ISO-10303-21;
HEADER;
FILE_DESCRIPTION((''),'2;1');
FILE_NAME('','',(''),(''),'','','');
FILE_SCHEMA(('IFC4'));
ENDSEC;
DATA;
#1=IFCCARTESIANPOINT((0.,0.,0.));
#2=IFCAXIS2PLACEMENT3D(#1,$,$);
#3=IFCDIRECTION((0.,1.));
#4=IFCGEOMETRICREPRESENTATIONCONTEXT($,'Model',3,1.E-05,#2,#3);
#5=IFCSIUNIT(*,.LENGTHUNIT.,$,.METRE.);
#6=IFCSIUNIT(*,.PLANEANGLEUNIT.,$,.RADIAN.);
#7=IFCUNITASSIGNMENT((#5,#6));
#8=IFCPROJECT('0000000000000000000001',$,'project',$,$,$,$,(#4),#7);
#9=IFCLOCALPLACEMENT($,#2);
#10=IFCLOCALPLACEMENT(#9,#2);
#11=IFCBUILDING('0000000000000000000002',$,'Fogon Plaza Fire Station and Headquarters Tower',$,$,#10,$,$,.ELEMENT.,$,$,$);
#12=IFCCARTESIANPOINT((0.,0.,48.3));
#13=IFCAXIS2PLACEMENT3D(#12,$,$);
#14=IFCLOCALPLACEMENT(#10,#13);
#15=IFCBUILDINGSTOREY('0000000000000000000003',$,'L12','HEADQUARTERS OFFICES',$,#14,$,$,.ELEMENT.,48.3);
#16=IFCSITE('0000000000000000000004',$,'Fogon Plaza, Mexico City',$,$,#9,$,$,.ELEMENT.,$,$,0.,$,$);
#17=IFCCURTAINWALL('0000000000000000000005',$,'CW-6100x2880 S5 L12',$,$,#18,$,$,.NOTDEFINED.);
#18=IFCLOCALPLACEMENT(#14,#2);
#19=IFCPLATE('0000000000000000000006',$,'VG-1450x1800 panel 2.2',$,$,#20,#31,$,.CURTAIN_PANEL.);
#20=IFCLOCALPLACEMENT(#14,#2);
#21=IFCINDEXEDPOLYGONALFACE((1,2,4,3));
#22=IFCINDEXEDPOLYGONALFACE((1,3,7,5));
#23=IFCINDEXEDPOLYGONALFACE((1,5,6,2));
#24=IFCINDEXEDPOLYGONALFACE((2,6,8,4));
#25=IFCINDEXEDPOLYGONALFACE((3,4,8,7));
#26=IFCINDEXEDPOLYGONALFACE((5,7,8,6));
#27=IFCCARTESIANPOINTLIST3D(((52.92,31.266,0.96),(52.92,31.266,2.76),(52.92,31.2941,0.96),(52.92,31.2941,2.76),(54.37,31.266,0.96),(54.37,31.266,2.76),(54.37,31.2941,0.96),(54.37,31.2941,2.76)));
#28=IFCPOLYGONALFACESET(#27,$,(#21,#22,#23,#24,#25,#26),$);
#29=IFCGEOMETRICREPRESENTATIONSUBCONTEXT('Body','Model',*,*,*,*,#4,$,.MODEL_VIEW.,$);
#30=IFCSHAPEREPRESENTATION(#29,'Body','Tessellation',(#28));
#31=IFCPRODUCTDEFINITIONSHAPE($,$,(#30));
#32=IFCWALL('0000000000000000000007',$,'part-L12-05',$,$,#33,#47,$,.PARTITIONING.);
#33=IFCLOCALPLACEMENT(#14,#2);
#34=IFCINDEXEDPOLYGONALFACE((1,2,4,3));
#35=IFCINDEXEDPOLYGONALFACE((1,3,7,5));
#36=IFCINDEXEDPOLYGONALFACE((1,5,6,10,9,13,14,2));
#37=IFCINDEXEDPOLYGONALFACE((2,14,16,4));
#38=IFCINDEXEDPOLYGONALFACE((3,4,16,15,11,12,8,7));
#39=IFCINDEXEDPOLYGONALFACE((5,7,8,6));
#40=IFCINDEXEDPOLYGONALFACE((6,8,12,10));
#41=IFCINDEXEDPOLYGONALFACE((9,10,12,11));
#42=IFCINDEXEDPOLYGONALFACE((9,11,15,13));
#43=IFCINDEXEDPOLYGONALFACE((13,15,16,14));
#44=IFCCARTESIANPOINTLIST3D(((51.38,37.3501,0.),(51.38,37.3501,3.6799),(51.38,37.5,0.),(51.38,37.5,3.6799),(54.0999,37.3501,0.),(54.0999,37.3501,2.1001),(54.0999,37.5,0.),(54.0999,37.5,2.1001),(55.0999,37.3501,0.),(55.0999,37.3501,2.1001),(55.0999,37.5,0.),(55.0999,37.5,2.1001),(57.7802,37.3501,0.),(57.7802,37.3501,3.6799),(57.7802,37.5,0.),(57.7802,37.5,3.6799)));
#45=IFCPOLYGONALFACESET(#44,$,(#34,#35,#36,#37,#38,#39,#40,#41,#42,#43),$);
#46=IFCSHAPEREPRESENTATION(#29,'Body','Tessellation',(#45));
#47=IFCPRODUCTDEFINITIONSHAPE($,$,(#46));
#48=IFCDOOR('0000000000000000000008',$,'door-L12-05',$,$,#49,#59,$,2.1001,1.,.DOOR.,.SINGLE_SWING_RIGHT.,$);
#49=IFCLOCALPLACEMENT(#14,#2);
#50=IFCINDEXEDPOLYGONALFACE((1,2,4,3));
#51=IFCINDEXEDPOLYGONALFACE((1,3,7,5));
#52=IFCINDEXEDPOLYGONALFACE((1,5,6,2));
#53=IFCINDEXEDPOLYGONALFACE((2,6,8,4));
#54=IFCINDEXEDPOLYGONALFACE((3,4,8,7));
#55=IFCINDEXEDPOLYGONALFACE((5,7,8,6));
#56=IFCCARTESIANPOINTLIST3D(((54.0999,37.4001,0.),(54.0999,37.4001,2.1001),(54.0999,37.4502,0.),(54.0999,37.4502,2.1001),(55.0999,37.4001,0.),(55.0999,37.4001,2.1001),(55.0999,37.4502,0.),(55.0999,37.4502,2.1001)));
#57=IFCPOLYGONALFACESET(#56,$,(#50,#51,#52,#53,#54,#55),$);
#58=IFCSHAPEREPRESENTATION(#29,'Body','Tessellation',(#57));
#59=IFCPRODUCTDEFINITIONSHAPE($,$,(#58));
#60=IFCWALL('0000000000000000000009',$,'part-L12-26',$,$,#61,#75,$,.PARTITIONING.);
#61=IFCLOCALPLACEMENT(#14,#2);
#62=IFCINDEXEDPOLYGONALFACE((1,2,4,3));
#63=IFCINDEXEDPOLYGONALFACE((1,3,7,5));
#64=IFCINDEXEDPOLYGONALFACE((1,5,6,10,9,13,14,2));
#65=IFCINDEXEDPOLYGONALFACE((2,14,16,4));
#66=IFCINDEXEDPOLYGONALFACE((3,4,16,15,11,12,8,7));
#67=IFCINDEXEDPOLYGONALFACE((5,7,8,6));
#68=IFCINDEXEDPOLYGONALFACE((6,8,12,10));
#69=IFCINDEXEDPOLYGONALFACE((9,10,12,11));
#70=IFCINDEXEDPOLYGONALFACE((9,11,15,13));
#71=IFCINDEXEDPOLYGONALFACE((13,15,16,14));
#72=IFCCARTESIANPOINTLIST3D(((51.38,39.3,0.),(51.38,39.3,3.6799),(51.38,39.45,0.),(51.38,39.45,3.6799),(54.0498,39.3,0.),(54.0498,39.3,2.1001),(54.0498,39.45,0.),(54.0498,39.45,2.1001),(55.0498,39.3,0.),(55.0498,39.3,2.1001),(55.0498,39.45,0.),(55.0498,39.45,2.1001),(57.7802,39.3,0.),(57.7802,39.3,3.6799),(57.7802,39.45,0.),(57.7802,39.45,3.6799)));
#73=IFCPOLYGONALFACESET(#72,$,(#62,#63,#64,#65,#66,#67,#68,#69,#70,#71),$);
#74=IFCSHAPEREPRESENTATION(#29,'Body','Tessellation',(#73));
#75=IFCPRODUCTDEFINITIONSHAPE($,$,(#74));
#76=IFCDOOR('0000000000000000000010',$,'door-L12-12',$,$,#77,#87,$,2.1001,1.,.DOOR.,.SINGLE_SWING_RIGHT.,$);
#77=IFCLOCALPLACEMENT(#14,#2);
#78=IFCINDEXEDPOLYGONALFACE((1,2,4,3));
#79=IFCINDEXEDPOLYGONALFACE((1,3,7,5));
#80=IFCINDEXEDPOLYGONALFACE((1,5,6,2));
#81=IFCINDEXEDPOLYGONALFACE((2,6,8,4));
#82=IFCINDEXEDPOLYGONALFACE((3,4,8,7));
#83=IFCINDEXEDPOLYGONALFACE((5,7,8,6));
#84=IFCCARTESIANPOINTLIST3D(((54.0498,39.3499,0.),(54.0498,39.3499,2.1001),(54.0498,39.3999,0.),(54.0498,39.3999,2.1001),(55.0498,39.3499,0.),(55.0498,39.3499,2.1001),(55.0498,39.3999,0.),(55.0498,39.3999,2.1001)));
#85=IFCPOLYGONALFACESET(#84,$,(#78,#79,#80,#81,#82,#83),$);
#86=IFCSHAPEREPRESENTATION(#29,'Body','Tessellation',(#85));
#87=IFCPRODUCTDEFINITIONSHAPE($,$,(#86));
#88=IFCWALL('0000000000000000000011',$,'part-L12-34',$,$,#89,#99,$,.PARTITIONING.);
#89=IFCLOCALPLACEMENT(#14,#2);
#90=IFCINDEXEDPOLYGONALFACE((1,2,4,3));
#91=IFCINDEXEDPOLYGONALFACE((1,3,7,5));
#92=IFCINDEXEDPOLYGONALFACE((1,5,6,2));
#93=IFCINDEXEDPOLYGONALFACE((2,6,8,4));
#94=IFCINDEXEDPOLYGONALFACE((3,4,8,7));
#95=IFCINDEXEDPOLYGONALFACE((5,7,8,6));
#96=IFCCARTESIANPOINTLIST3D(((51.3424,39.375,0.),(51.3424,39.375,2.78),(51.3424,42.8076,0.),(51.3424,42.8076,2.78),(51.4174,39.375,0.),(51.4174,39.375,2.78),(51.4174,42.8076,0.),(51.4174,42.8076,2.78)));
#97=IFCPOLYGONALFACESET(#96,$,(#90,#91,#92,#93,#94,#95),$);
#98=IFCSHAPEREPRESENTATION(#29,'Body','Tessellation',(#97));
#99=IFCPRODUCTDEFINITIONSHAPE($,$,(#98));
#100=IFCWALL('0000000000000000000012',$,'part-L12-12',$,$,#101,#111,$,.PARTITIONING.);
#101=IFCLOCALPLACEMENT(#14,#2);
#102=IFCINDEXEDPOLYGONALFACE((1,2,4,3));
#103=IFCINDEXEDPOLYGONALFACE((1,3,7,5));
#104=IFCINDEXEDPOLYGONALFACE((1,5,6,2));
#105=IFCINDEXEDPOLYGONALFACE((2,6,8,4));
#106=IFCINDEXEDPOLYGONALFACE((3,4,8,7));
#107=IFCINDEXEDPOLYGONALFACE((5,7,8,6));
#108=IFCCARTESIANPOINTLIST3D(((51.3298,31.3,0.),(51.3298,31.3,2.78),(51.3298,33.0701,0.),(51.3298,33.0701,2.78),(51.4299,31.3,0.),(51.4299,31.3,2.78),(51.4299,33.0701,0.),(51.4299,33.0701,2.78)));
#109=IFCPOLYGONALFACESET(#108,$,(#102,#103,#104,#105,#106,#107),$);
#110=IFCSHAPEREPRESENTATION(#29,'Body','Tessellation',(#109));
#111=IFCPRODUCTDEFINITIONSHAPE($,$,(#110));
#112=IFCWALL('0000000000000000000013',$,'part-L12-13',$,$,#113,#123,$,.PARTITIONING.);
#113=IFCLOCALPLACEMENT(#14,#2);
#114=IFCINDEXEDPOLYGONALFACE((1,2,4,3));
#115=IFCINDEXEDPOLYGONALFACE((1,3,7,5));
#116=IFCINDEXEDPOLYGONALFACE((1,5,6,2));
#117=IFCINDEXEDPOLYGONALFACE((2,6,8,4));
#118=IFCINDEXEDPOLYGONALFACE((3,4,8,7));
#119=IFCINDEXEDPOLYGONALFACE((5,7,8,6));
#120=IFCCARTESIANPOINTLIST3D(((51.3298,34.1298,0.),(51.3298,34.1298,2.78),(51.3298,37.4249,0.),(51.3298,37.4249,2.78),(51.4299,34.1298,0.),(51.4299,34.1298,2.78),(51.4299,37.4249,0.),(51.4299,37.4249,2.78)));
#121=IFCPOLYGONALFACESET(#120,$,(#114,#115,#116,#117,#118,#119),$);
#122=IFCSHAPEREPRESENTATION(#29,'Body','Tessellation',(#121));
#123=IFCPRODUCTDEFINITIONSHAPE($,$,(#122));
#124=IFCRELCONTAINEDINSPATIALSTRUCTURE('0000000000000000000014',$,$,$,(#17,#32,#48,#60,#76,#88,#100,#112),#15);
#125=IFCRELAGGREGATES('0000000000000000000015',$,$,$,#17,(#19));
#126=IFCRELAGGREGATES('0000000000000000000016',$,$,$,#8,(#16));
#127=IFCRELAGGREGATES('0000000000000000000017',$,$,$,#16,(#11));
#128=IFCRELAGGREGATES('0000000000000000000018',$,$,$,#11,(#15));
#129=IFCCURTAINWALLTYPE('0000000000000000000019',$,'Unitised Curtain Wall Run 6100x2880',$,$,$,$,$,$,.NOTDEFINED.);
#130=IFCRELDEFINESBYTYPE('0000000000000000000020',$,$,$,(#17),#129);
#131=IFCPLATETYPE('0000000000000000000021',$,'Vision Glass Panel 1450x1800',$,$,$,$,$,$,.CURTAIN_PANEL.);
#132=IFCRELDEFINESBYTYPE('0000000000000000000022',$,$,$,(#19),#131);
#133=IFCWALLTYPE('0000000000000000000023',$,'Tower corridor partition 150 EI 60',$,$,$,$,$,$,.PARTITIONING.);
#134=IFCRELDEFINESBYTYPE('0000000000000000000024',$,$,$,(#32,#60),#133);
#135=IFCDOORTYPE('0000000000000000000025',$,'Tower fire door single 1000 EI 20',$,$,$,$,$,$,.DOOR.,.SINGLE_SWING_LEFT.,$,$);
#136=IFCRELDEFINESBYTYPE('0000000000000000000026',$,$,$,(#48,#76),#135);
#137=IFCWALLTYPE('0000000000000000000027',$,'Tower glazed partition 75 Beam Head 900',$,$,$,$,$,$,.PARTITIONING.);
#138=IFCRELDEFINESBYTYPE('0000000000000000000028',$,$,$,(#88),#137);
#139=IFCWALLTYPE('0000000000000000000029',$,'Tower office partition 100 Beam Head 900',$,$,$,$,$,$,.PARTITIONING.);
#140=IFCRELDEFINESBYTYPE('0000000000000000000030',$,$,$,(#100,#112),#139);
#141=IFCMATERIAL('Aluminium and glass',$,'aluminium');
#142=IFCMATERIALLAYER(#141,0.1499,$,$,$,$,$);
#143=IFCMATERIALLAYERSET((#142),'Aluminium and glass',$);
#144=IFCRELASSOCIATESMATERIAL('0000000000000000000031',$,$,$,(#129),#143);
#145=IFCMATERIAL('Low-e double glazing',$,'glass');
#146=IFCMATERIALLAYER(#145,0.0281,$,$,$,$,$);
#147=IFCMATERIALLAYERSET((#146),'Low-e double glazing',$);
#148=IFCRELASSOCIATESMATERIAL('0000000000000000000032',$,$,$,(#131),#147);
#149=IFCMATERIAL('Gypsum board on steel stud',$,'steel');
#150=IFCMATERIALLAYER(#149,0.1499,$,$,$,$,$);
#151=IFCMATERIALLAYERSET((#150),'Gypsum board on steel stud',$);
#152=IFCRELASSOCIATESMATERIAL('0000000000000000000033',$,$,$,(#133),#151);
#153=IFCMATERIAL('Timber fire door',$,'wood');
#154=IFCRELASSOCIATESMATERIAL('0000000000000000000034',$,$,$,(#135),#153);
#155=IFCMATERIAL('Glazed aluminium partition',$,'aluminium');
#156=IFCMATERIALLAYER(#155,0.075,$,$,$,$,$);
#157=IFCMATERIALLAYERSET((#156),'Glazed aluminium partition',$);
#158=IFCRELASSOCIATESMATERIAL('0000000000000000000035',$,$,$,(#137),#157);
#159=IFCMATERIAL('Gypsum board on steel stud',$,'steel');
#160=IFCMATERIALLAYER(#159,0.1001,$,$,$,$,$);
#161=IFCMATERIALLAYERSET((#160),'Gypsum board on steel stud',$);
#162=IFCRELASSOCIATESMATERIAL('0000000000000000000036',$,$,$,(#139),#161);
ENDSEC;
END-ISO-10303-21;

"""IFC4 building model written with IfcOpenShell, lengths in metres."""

from ifc_helpers import new_model, si_unit, direction, frame, frame_2d, origin, origin_2d, place, context, subcontext, project, spatial, rectangle, extrude, material, layer, layer_set, type_object, element, fill, aggregate, save


model = new_model("IFC4")

# Units and contexts
model_context = context("Model", 3, precision=1e-05, world=origin(), true_north=direction((0.0, 1.0)))
body_context = subcontext(model_context, "Body", "Model", "MODEL_VIEW")
ifc_project = project(units=[si_unit("LENGTHUNIT", "METRE"), si_unit("PLANEANGLEUNIT", "RADIAN")], contexts=[model_context])

# Site, building, storey
site_placement = place(None, origin())
site = spatial("IfcSite", under=ifc_project, at=site_placement, Name="Fogon Plaza, Mexico City", CompositionType="ELEMENT", RefElevation=0.0)
building_placement = place(site_placement, origin())
building = spatial("IfcBuilding", under=site, at=building_placement, Name="Fogon Plaza Fire Station and Headquarters Tower", CompositionType="ELEMENT")
storey_placement = place(building_placement, frame((0.0, 0.0, 48.3)))
storey = spatial("IfcBuildingStorey", under=building, at=storey_placement, Name="L12", Description="HEADQUARTERS OFFICES", CompositionType="ELEMENT", Elevation=48.3)

# Curtain wall
ifc_material_1 = material(Name="Aluminium and glass", Category="aluminium")
ifc_layer_1 = layer(ifc_material_1, 0.1499)
ifc_layer_set_1 = layer_set([ifc_layer_1], Name="Aluminium and glass")
curtain_wall_type = type_object("IfcCurtainWallType", Name="Unitised Curtain Wall Run 6100x2880", PredefinedType="NOTDEFINED", material=ifc_layer_set_1)
curtain_wall_placement = place(storey_placement, origin())
curtain_wall = element("IfcCurtainWall", 1, at=curtain_wall_placement, inside=storey, type_object=curtain_wall_type, Name="CW-6100x2880 S5 L12", PredefinedType="NOTDEFINED")

# Plate
ifc_material_2 = material(Name="Low-e double glazing", Category="glass")
ifc_layer_2 = layer(ifc_material_2, 0.0281)
ifc_layer_set_2 = layer_set([ifc_layer_2], Name="Low-e double glazing")
plate_type_1 = type_object("IfcPlateType", Name="Vision Glass Panel 1450x1800", PredefinedType="CURTAIN_PANEL", material=ifc_layer_set_2)
plate_1_placement = place(storey_placement, frame((53.645, 31.28, 0.96), z_axis=(0.0, 0.0, 1.0), x_axis=(1.0, 0.0, 0.0)))
plate_1 = element("IfcPlate", 2, at=plate_1_placement, type_object=plate_type_1, Name="VG-1450x1800 panel 2.2", PredefinedType="CURTAIN_PANEL", context=body_context, shape_type="SweptSolid", body=[
    extrude(rectangle(XDim=1.45, YDim=0.0281, at=origin_2d()), origin(), (0.0, 0.0, 1.0), 1.8),
])
aggregate(curtain_wall, [plate_1])

# Walls, openings, doors
ifc_material_3 = material(Name="Gypsum board on steel stud", Category="steel")
ifc_layer_3 = layer(ifc_material_3, 0.1499)
ifc_layer_set_3 = layer_set([ifc_layer_3], Name="Gypsum board on steel stud")
wall_type_1 = type_object("IfcWallType", Name="Tower corridor partition 150 EI 60", PredefinedType="PARTITIONING", material=ifc_layer_set_3)
wall_1_placement = place(storey_placement, frame((51.3799, 37.425, 0.0), z_axis=(0.0, 0.0, 1.0), x_axis=(1.0, 0.0, 0.0)))
wall_1 = element("IfcWall", 3, at=wall_1_placement, inside=storey, type_object=wall_type_1, Name="part-L12-05", PredefinedType="PARTITIONING", context=body_context, shape_type="SweptSolid", body=[
    extrude(rectangle(XDim=6.4001, YDim=0.1499, at=frame_2d((3.2002, 0.0))), origin(), (0.0, 0.0, 1.0), 3.6799),
])
opening_1_placement = place(wall_1_placement, frame((2.72, 0.0, 0.0)))
opening_1 = element("IfcOpeningElement", 4, at=opening_1_placement, cuts=wall_1, PredefinedType="OPENING", context=body_context, shape_type="SweptSolid", body=[
    extrude(rectangle(XDim=1.0, YDim=2.1001, at=frame_2d((0.5, 1.05))), frame((0.0, 0.085, 0.0), z_axis=(0.0, -1.0, 0.0), x_axis=(1.0, 0.0, 0.0)), (0.0, 0.0, 1.0), 0.1699),
])
ifc_material_4 = material(Name="Timber fire door", Category="wood")
door_type = type_object("IfcDoorType", Name="Tower fire door single 1000 EI 20", OperationType="SINGLE_SWING_LEFT", PredefinedType="DOOR", material=ifc_material_4)
door_1_placement = place(opening_1_placement, frame((1.0, 0.0, 0.0), z_axis=(0.0, 0.0, 1.0), x_axis=(-1.0, 0.0, 0.0)))
door_1 = element("IfcDoor", 5, at=door_1_placement, inside=storey, type_object=door_type, Name="door-L12-05", OperationType="SINGLE_SWING_RIGHT", OverallHeight=2.1001, OverallWidth=1.0, PredefinedType="DOOR", context=body_context, shape_type="SweptSolid", body=[
    extrude(rectangle(XDim=1.0, YDim=2.1001, at=frame_2d((0.5, 1.05))), frame((0.0, 0.0249, 0.0), z_axis=(0.0, -1.0, 0.0), x_axis=(1.0, 0.0, 0.0)), (0.0, 0.0, 1.0), 0.05),
])
fill(opening_1, door_1)
wall_2_placement = place(storey_placement, frame((51.3799, 39.375, 0.0), z_axis=(0.0, 0.0, 1.0), x_axis=(1.0, 0.0, 0.0)))
wall_2 = element("IfcWall", 6, at=wall_2_placement, inside=storey, type_object=wall_type_1, Name="part-L12-26", PredefinedType="PARTITIONING", context=body_context, shape_type="SweptSolid", body=[
    extrude(rectangle(XDim=6.4001, YDim=0.1499, at=frame_2d((3.2002, 0.0))), origin(), (0.0, 0.0, 1.0), 3.6799),
])
opening_2_placement = place(wall_2_placement, frame((2.6699, 0.0, 0.0)))
opening_2 = element("IfcOpeningElement", 7, at=opening_2_placement, cuts=wall_2, PredefinedType="OPENING", context=body_context, shape_type="SweptSolid", body=[
    extrude(rectangle(XDim=1.0, YDim=2.1001, at=frame_2d((0.5, 1.05))), frame((0.0, 0.085, 0.0), z_axis=(0.0, -1.0, 0.0), x_axis=(1.0, 0.0, 0.0)), (0.0, 0.0, 1.0), 0.1699),
])
door_2_placement = place(opening_2_placement, origin())
door_2 = element("IfcDoor", 8, at=door_2_placement, inside=storey, type_object=door_type, Name="door-L12-12", OperationType="SINGLE_SWING_RIGHT", OverallHeight=2.1001, OverallWidth=1.0, PredefinedType="DOOR", context=body_context, shape_type="SweptSolid", body=[
    extrude(rectangle(XDim=1.0, YDim=2.1001, at=frame_2d((0.5, 1.05))), frame((0.0, 0.0249, 0.0), z_axis=(0.0, -1.0, 0.0), x_axis=(1.0, 0.0, 0.0)), (0.0, 0.0, 1.0), 0.05),
])
fill(opening_2, door_2)

# Walls
ifc_material_5 = material(Name="Glazed aluminium partition", Category="aluminium")
ifc_layer_4 = layer(ifc_material_5, 0.075)
ifc_layer_set_4 = layer_set([ifc_layer_4], Name="Glazed aluminium partition")
wall_type_2 = type_object("IfcWallType", Name="Tower glazed partition 75 Beam Head 900", PredefinedType="PARTITIONING", material=ifc_layer_set_4)
wall_3_placement = place(storey_placement, frame((51.3799, 39.375, 0.0), z_axis=(0.0, 0.0, 1.0), x_axis=(0.0, 1.0, 0.0)))
element("IfcWall", 9, at=wall_3_placement, inside=storey, type_object=wall_type_2, Name="part-L12-34", PredefinedType="PARTITIONING", context=body_context, shape_type="SweptSolid", body=[
    extrude(rectangle(XDim=3.4326, YDim=0.075, at=frame_2d((1.7163, 0.0))), origin(), (0.0, 0.0, 1.0), 2.78),
])
ifc_material_6 = material(Name="Gypsum board on steel stud", Category="steel")
ifc_layer_5 = layer(ifc_material_6, 0.1001)
ifc_layer_set_5 = layer_set([ifc_layer_5], Name="Gypsum board on steel stud")
wall_type_3 = type_object("IfcWallType", Name="Tower office partition 100 Beam Head 900", PredefinedType="PARTITIONING", material=ifc_layer_set_5)
wall_4_placement = place(storey_placement, frame((51.3799, 31.3, 0.0), z_axis=(0.0, 0.0, 1.0), x_axis=(0.0, 1.0, 0.0)))
element("IfcWall", 10, at=wall_4_placement, inside=storey, type_object=wall_type_3, Name="part-L12-12", PredefinedType="PARTITIONING", context=body_context, shape_type="SweptSolid", body=[
    extrude(rectangle(XDim=1.77, YDim=0.1001, at=frame_2d((0.885, 0.0))), origin(), (0.0, 0.0, 1.0), 2.78),
])
wall_5_placement = place(storey_placement, frame((51.3799, 34.1299, 0.0), z_axis=(0.0, 0.0, 1.0), x_axis=(0.0, 1.0, 0.0)))
element("IfcWall", 11, at=wall_5_placement, inside=storey, type_object=wall_type_3, Name="part-L12-13", PredefinedType="PARTITIONING", context=body_context, shape_type="SweptSolid", body=[
    extrude(rectangle(XDim=3.2952, YDim=0.1001, at=frame_2d((1.6475, 0.0))), origin(), (0.0, 0.0, 1.0), 2.78),
])

save(model, "model.ifc")
